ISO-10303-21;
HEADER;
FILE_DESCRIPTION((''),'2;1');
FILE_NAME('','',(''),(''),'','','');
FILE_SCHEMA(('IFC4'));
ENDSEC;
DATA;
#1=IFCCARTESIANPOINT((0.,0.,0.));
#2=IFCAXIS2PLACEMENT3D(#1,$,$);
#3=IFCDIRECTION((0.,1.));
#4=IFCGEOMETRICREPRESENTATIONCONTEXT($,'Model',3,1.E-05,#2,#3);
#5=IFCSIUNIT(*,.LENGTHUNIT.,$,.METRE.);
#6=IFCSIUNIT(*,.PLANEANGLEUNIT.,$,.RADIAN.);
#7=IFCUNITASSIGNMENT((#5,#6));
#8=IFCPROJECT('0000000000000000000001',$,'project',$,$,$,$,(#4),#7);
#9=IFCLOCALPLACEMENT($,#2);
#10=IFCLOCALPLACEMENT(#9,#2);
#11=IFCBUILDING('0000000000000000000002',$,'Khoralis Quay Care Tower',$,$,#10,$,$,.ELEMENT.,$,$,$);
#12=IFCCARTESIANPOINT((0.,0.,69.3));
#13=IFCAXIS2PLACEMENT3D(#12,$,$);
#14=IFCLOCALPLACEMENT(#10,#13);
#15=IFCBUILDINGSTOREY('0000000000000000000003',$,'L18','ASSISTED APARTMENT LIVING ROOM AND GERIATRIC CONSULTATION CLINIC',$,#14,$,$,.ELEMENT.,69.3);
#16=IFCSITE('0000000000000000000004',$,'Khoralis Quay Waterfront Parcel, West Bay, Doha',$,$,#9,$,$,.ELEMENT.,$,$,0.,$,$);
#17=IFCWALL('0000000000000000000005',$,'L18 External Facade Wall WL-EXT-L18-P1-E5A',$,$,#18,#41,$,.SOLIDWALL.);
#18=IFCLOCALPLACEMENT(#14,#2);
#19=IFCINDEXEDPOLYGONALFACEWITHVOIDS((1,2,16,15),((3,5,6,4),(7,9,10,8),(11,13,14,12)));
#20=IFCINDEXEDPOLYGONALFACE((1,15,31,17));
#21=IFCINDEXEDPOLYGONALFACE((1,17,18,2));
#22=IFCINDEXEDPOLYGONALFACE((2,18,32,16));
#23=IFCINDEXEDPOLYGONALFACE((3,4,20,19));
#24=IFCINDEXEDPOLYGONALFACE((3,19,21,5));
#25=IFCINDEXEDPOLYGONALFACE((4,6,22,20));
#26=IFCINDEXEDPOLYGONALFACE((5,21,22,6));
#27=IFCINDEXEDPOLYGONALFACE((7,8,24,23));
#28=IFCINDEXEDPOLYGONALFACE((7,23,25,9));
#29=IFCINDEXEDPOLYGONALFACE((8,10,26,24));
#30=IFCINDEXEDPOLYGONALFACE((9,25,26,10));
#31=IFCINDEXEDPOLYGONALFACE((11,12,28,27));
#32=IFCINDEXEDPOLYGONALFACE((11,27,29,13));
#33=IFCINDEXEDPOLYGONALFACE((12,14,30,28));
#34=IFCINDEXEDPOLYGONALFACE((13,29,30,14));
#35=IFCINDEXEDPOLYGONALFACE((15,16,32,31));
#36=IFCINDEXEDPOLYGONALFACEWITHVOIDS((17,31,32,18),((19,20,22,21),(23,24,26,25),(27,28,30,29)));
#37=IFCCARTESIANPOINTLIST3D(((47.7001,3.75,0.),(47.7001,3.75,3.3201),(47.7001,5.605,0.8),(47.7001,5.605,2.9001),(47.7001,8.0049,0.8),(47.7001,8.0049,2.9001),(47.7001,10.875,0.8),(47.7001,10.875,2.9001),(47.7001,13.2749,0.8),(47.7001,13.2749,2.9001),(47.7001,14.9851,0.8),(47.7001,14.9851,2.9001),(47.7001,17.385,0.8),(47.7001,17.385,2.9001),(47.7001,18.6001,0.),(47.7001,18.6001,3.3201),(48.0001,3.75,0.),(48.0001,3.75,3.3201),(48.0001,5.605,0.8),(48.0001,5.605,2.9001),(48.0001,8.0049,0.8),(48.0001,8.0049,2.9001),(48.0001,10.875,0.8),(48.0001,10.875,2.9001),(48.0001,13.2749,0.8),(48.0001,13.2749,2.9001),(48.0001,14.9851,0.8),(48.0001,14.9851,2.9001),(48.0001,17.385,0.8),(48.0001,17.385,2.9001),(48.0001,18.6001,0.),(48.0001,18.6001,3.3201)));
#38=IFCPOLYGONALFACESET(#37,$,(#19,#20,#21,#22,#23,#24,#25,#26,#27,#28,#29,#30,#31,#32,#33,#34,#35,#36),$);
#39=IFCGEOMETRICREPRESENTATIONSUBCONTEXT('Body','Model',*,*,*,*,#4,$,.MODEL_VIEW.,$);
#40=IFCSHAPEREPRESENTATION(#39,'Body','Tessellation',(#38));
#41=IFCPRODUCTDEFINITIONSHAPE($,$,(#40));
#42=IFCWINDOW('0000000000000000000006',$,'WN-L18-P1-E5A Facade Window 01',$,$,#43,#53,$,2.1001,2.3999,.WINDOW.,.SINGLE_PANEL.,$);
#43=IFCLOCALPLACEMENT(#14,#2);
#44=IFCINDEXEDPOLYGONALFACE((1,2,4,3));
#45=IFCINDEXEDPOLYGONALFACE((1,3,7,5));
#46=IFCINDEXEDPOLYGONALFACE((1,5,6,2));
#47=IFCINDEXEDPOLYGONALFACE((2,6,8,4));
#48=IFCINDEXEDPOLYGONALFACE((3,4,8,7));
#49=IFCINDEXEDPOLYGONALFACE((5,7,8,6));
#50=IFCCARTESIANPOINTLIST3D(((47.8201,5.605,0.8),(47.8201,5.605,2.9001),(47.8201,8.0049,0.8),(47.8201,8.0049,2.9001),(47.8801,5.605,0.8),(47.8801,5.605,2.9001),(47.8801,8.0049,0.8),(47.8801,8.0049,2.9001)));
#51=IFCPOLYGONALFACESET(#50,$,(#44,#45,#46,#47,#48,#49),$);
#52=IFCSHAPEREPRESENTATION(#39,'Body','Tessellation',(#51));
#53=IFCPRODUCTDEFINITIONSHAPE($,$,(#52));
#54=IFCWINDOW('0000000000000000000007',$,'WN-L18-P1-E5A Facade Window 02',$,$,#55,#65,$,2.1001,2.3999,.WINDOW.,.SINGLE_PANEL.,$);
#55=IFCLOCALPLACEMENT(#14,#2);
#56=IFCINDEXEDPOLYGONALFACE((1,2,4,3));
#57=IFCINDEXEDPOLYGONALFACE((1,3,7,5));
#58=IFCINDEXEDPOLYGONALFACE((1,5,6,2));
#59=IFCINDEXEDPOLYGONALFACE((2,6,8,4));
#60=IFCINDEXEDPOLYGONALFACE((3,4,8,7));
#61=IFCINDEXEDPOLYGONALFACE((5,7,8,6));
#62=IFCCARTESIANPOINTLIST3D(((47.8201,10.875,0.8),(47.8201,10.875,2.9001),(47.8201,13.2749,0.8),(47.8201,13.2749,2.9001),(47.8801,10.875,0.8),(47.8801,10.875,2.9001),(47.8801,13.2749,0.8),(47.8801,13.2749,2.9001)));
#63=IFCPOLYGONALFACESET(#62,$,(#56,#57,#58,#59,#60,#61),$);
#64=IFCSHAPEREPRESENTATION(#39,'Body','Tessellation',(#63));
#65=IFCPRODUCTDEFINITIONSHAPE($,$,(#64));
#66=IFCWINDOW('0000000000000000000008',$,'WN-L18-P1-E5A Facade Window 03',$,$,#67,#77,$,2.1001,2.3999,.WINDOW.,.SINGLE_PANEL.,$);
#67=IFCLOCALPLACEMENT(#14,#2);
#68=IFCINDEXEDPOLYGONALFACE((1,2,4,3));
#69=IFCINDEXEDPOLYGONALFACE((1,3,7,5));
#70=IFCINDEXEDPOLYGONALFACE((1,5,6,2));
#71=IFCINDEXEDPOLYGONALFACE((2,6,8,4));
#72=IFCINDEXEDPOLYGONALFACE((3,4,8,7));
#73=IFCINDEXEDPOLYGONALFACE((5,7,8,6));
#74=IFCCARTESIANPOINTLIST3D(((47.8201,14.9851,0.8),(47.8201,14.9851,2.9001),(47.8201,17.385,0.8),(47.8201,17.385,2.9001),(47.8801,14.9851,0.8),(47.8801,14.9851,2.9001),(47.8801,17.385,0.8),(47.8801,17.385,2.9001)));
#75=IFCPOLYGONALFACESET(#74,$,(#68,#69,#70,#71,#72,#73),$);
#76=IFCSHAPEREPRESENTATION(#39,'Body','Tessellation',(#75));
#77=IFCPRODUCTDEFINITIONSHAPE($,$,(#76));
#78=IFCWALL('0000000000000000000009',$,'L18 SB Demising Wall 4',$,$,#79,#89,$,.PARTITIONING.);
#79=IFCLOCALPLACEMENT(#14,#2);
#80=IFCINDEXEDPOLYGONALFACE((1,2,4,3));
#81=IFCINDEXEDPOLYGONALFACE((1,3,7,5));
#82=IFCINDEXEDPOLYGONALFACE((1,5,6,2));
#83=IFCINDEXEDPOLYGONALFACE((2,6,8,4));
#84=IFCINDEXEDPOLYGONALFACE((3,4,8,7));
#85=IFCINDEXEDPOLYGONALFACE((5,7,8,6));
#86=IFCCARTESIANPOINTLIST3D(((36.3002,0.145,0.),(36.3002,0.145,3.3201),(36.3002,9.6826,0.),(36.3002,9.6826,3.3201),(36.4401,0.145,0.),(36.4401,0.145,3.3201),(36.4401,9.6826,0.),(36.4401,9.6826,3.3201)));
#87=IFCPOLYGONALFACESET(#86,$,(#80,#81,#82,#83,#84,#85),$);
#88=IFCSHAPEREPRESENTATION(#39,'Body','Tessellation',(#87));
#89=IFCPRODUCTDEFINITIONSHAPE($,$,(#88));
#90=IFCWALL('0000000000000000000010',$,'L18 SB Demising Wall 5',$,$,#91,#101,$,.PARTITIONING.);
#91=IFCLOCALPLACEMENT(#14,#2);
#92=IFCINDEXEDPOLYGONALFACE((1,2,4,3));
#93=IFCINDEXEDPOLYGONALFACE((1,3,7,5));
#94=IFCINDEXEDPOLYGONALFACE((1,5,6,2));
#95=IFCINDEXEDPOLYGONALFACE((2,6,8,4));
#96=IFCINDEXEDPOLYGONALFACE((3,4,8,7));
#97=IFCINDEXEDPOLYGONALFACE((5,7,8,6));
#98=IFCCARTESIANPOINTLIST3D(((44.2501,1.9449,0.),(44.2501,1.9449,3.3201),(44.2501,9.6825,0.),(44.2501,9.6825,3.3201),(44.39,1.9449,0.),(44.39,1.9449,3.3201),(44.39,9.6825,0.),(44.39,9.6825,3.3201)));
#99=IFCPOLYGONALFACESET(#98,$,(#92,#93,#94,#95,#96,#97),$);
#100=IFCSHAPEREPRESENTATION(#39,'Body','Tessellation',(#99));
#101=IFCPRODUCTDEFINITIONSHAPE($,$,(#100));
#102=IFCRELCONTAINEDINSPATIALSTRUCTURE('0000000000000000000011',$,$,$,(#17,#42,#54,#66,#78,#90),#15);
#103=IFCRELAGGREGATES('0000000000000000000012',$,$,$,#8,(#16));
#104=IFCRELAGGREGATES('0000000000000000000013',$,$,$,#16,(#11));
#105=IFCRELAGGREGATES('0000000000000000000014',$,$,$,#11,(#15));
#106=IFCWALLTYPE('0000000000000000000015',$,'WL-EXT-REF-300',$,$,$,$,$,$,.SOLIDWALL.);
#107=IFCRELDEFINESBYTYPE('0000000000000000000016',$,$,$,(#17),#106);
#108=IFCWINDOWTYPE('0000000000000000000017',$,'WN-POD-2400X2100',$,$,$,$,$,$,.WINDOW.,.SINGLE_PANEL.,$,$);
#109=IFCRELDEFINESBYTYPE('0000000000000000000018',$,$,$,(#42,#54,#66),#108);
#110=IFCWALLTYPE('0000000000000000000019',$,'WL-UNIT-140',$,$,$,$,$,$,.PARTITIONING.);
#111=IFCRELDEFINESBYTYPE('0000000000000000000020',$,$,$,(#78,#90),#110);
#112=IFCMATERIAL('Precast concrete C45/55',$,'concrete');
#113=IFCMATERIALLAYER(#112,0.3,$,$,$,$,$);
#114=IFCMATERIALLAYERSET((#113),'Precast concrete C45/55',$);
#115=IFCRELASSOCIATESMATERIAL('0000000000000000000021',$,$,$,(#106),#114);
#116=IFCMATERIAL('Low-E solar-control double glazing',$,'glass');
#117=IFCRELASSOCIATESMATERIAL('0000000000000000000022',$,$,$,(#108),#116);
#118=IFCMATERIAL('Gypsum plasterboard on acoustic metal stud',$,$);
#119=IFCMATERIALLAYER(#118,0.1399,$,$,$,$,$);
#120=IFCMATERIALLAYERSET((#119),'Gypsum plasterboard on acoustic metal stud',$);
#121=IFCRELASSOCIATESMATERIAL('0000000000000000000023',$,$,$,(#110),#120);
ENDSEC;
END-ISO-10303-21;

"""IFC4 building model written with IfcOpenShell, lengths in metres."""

from ifc_helpers import new_model, si_unit, direction, frame, frame_2d, origin, place, context, subcontext, project, spatial, rectangle, extrude, source, transform, mapped, material, layer, layer_set, type_object, element, fill, save


model = new_model("IFC4")

# Units and contexts
model_context = context("Model", 3, precision=1e-05, world=origin(), true_north=direction((0.0, 1.0)))
body_context = subcontext(model_context, "Body", "Model", "MODEL_VIEW")
ifc_project = project(units=[si_unit("LENGTHUNIT", "METRE"), si_unit("PLANEANGLEUNIT", "RADIAN")], contexts=[model_context])

# Site, building, storey
site_placement = place(None, origin())
site = spatial("IfcSite", under=ifc_project, at=site_placement, Name="Khoralis Quay Waterfront Parcel, West Bay, Doha", CompositionType="ELEMENT", RefElevation=0.0)
building_placement = place(site_placement, origin())
building = spatial("IfcBuilding", under=site, at=building_placement, Name="Khoralis Quay Care Tower", CompositionType="ELEMENT")
storey_placement = place(building_placement, frame((0.0, 0.0, 69.3)))
storey = spatial("IfcBuildingStorey", under=building, at=storey_placement, Name="L18", Description="ASSISTED APARTMENT LIVING ROOM AND GERIATRIC CONSULTATION CLINIC", CompositionType="ELEMENT", Elevation=69.3)

# Shared definitions
ifc_material_1 = material(Name="Gypsum plasterboard on acoustic metal stud")

# Shared definitions
ifc_material_2 = material(Name="Precast concrete C45/55", Category="concrete")
ifc_layer_1 = layer(ifc_material_2, 0.3)
ifc_layer_set_1 = layer_set([ifc_layer_1], Name="Precast concrete C45/55")
wall_type_1 = type_object("IfcWallType", Name="WL-EXT-REF-300", PredefinedType="SOLIDWALL", material=ifc_layer_set_1)

# Wall, openings, windows
wall_1_placement = place(storey_placement, frame((47.8501, 3.75, 0.0), z_axis=(0.0, 0.0, 1.0), x_axis=(0.0, 1.0, 0.0)))
wall_1 = element("IfcWall", 1, at=wall_1_placement, inside=storey, type_object=wall_type_1, Name="L18 External Facade Wall WL-EXT-L18-P1-E5A", PredefinedType="SOLIDWALL", context=body_context, shape_type="SweptSolid", body=[
    extrude(rectangle(XDim=14.8501, YDim=0.3, at=frame_2d((7.425, 0.0))), origin(), (0.0, 0.0, 1.0), 3.3201),
])
opening_1_placement = place(wall_1_placement, frame((1.855, 0.0, 0.8)))
opening_1 = element("IfcOpeningElement", 2, at=opening_1_placement, cuts=wall_1, PredefinedType="OPENING", context=body_context, shape_type="SweptSolid", body=[
    extrude(rectangle(XDim=2.3999, YDim=2.1001, at=frame_2d((1.2, 1.05))), frame((0.0, 0.1602, 0.0), z_axis=(0.0, -1.0, 0.0), x_axis=(1.0, 0.0, 0.0)), (0.0, 0.0, 1.0), 0.3201),
])
opening_2_placement = place(wall_1_placement, frame((7.125, 0.0, 0.8)))
opening_2 = element("IfcOpeningElement", 3, at=opening_2_placement, cuts=wall_1, PredefinedType="OPENING", context=body_context, shape_type="SweptSolid", body=[
    extrude(rectangle(XDim=2.3999, YDim=2.1001, at=frame_2d((1.2, 1.05))), frame((0.0, 0.1602, 0.0), z_axis=(0.0, -1.0, 0.0), x_axis=(1.0, 0.0, 0.0)), (0.0, 0.0, 1.0), 0.3201),
])
opening_3_placement = place(wall_1_placement, frame((11.2351, 0.0, 0.8)))
opening_3 = element("IfcOpeningElement", 4, at=opening_3_placement, cuts=wall_1, PredefinedType="OPENING", context=body_context, shape_type="SweptSolid", body=[
    extrude(rectangle(XDim=2.3999, YDim=2.1001, at=frame_2d((1.2, 1.05))), frame((0.0, 0.1602, 0.0), z_axis=(0.0, -1.0, 0.0), x_axis=(1.0, 0.0, 0.0)), (0.0, 0.0, 1.0), 0.3201),
])
ifc_material_3 = material(Name="Low-E solar-control double glazing", Category="glass")
window_type = type_object("IfcWindowType", Name="WN-POD-2400X2100", PartitioningType="SINGLE_PANEL", PredefinedType="WINDOW", material=ifc_material_3)
shared_shape_1 = source(origin(), body_context, "Body", "SweptSolid", [
    extrude(rectangle(XDim=2.3999, YDim=2.1001, at=frame_2d((1.2, 1.05))), frame((0.0, 0.03, 0.0), z_axis=(0.0, -1.0, 0.0), x_axis=(1.0, 0.0, 0.0)), (0.0, 0.0, 1.0), 0.0601),
])
window_1_placement = place(opening_1_placement, origin())
window_1 = element("IfcWindow", 5, at=window_1_placement, inside=storey, type_object=window_type, Name="WN-L18-P1-E5A Facade Window 01", OverallHeight=2.1001, OverallWidth=2.3999, PartitioningType="SINGLE_PANEL", PredefinedType="WINDOW", context=body_context, shape_type="MappedRepresentation", body=[
    mapped(shared_shape_1, transform((0.0, 0.0, 0.0), scale=1.0)),
])
fill(opening_1, window_1)
window_2_placement = place(opening_2_placement, origin())
window_2 = element("IfcWindow", 6, at=window_2_placement, inside=storey, type_object=window_type, Name="WN-L18-P1-E5A Facade Window 02", OverallHeight=2.1001, OverallWidth=2.3999, PartitioningType="SINGLE_PANEL", PredefinedType="WINDOW", context=body_context, shape_type="MappedRepresentation", body=[
    mapped(shared_shape_1, transform((0.0, 0.0, 0.0), scale=1.0)),
])
fill(opening_2, window_2)
window_3_placement = place(opening_3_placement, origin())
window_3 = element("IfcWindow", 7, at=window_3_placement, inside=storey, type_object=window_type, Name="WN-L18-P1-E5A Facade Window 03", OverallHeight=2.1001, OverallWidth=2.3999, PartitioningType="SINGLE_PANEL", PredefinedType="WINDOW", context=body_context, shape_type="MappedRepresentation", body=[
    mapped(shared_shape_1, transform((0.0, 0.0, 0.0), scale=1.0)),
])
fill(opening_3, window_3)

# Walls
ifc_layer_2 = layer(ifc_material_1, 0.1399)
ifc_layer_set_2 = layer_set([ifc_layer_2], Name="Gypsum plasterboard on acoustic metal stud")
wall_type_2 = type_object("IfcWallType", Name="WL-UNIT-140", PredefinedType="PARTITIONING", material=ifc_layer_set_2)
wall_2_placement = place(storey_placement, frame((36.3701, 0.145, 0.0), z_axis=(0.0, 0.0, 1.0), x_axis=(0.0, 1.0, 0.0)))
element("IfcWall", 8, at=wall_2_placement, inside=storey, type_object=wall_type_2, Name="L18 SB Demising Wall 4", PredefinedType="PARTITIONING", context=body_context, shape_type="SweptSolid", body=[
    extrude(rectangle(XDim=9.5376, YDim=0.1399, at=frame_2d((4.7688, 0.0))), origin(), (0.0, 0.0, 1.0), 3.3201),
])
wall_3_placement = place(storey_placement, frame((44.3201, 1.9451, 0.0), z_axis=(0.0, 0.0, 1.0), x_axis=(0.0, 1.0, 0.0)))
element("IfcWall", 9, at=wall_3_placement, inside=storey, type_object=wall_type_2, Name="L18 SB Demising Wall 5", PredefinedType="PARTITIONING", context=body_context, shape_type="SweptSolid", body=[
    extrude(rectangle(XDim=7.7375, YDim=0.1399, at=frame_2d((3.8687, 0.0))), origin(), (0.0, 0.0, 1.0), 3.3201),
])

save(model, "model.ifc")
